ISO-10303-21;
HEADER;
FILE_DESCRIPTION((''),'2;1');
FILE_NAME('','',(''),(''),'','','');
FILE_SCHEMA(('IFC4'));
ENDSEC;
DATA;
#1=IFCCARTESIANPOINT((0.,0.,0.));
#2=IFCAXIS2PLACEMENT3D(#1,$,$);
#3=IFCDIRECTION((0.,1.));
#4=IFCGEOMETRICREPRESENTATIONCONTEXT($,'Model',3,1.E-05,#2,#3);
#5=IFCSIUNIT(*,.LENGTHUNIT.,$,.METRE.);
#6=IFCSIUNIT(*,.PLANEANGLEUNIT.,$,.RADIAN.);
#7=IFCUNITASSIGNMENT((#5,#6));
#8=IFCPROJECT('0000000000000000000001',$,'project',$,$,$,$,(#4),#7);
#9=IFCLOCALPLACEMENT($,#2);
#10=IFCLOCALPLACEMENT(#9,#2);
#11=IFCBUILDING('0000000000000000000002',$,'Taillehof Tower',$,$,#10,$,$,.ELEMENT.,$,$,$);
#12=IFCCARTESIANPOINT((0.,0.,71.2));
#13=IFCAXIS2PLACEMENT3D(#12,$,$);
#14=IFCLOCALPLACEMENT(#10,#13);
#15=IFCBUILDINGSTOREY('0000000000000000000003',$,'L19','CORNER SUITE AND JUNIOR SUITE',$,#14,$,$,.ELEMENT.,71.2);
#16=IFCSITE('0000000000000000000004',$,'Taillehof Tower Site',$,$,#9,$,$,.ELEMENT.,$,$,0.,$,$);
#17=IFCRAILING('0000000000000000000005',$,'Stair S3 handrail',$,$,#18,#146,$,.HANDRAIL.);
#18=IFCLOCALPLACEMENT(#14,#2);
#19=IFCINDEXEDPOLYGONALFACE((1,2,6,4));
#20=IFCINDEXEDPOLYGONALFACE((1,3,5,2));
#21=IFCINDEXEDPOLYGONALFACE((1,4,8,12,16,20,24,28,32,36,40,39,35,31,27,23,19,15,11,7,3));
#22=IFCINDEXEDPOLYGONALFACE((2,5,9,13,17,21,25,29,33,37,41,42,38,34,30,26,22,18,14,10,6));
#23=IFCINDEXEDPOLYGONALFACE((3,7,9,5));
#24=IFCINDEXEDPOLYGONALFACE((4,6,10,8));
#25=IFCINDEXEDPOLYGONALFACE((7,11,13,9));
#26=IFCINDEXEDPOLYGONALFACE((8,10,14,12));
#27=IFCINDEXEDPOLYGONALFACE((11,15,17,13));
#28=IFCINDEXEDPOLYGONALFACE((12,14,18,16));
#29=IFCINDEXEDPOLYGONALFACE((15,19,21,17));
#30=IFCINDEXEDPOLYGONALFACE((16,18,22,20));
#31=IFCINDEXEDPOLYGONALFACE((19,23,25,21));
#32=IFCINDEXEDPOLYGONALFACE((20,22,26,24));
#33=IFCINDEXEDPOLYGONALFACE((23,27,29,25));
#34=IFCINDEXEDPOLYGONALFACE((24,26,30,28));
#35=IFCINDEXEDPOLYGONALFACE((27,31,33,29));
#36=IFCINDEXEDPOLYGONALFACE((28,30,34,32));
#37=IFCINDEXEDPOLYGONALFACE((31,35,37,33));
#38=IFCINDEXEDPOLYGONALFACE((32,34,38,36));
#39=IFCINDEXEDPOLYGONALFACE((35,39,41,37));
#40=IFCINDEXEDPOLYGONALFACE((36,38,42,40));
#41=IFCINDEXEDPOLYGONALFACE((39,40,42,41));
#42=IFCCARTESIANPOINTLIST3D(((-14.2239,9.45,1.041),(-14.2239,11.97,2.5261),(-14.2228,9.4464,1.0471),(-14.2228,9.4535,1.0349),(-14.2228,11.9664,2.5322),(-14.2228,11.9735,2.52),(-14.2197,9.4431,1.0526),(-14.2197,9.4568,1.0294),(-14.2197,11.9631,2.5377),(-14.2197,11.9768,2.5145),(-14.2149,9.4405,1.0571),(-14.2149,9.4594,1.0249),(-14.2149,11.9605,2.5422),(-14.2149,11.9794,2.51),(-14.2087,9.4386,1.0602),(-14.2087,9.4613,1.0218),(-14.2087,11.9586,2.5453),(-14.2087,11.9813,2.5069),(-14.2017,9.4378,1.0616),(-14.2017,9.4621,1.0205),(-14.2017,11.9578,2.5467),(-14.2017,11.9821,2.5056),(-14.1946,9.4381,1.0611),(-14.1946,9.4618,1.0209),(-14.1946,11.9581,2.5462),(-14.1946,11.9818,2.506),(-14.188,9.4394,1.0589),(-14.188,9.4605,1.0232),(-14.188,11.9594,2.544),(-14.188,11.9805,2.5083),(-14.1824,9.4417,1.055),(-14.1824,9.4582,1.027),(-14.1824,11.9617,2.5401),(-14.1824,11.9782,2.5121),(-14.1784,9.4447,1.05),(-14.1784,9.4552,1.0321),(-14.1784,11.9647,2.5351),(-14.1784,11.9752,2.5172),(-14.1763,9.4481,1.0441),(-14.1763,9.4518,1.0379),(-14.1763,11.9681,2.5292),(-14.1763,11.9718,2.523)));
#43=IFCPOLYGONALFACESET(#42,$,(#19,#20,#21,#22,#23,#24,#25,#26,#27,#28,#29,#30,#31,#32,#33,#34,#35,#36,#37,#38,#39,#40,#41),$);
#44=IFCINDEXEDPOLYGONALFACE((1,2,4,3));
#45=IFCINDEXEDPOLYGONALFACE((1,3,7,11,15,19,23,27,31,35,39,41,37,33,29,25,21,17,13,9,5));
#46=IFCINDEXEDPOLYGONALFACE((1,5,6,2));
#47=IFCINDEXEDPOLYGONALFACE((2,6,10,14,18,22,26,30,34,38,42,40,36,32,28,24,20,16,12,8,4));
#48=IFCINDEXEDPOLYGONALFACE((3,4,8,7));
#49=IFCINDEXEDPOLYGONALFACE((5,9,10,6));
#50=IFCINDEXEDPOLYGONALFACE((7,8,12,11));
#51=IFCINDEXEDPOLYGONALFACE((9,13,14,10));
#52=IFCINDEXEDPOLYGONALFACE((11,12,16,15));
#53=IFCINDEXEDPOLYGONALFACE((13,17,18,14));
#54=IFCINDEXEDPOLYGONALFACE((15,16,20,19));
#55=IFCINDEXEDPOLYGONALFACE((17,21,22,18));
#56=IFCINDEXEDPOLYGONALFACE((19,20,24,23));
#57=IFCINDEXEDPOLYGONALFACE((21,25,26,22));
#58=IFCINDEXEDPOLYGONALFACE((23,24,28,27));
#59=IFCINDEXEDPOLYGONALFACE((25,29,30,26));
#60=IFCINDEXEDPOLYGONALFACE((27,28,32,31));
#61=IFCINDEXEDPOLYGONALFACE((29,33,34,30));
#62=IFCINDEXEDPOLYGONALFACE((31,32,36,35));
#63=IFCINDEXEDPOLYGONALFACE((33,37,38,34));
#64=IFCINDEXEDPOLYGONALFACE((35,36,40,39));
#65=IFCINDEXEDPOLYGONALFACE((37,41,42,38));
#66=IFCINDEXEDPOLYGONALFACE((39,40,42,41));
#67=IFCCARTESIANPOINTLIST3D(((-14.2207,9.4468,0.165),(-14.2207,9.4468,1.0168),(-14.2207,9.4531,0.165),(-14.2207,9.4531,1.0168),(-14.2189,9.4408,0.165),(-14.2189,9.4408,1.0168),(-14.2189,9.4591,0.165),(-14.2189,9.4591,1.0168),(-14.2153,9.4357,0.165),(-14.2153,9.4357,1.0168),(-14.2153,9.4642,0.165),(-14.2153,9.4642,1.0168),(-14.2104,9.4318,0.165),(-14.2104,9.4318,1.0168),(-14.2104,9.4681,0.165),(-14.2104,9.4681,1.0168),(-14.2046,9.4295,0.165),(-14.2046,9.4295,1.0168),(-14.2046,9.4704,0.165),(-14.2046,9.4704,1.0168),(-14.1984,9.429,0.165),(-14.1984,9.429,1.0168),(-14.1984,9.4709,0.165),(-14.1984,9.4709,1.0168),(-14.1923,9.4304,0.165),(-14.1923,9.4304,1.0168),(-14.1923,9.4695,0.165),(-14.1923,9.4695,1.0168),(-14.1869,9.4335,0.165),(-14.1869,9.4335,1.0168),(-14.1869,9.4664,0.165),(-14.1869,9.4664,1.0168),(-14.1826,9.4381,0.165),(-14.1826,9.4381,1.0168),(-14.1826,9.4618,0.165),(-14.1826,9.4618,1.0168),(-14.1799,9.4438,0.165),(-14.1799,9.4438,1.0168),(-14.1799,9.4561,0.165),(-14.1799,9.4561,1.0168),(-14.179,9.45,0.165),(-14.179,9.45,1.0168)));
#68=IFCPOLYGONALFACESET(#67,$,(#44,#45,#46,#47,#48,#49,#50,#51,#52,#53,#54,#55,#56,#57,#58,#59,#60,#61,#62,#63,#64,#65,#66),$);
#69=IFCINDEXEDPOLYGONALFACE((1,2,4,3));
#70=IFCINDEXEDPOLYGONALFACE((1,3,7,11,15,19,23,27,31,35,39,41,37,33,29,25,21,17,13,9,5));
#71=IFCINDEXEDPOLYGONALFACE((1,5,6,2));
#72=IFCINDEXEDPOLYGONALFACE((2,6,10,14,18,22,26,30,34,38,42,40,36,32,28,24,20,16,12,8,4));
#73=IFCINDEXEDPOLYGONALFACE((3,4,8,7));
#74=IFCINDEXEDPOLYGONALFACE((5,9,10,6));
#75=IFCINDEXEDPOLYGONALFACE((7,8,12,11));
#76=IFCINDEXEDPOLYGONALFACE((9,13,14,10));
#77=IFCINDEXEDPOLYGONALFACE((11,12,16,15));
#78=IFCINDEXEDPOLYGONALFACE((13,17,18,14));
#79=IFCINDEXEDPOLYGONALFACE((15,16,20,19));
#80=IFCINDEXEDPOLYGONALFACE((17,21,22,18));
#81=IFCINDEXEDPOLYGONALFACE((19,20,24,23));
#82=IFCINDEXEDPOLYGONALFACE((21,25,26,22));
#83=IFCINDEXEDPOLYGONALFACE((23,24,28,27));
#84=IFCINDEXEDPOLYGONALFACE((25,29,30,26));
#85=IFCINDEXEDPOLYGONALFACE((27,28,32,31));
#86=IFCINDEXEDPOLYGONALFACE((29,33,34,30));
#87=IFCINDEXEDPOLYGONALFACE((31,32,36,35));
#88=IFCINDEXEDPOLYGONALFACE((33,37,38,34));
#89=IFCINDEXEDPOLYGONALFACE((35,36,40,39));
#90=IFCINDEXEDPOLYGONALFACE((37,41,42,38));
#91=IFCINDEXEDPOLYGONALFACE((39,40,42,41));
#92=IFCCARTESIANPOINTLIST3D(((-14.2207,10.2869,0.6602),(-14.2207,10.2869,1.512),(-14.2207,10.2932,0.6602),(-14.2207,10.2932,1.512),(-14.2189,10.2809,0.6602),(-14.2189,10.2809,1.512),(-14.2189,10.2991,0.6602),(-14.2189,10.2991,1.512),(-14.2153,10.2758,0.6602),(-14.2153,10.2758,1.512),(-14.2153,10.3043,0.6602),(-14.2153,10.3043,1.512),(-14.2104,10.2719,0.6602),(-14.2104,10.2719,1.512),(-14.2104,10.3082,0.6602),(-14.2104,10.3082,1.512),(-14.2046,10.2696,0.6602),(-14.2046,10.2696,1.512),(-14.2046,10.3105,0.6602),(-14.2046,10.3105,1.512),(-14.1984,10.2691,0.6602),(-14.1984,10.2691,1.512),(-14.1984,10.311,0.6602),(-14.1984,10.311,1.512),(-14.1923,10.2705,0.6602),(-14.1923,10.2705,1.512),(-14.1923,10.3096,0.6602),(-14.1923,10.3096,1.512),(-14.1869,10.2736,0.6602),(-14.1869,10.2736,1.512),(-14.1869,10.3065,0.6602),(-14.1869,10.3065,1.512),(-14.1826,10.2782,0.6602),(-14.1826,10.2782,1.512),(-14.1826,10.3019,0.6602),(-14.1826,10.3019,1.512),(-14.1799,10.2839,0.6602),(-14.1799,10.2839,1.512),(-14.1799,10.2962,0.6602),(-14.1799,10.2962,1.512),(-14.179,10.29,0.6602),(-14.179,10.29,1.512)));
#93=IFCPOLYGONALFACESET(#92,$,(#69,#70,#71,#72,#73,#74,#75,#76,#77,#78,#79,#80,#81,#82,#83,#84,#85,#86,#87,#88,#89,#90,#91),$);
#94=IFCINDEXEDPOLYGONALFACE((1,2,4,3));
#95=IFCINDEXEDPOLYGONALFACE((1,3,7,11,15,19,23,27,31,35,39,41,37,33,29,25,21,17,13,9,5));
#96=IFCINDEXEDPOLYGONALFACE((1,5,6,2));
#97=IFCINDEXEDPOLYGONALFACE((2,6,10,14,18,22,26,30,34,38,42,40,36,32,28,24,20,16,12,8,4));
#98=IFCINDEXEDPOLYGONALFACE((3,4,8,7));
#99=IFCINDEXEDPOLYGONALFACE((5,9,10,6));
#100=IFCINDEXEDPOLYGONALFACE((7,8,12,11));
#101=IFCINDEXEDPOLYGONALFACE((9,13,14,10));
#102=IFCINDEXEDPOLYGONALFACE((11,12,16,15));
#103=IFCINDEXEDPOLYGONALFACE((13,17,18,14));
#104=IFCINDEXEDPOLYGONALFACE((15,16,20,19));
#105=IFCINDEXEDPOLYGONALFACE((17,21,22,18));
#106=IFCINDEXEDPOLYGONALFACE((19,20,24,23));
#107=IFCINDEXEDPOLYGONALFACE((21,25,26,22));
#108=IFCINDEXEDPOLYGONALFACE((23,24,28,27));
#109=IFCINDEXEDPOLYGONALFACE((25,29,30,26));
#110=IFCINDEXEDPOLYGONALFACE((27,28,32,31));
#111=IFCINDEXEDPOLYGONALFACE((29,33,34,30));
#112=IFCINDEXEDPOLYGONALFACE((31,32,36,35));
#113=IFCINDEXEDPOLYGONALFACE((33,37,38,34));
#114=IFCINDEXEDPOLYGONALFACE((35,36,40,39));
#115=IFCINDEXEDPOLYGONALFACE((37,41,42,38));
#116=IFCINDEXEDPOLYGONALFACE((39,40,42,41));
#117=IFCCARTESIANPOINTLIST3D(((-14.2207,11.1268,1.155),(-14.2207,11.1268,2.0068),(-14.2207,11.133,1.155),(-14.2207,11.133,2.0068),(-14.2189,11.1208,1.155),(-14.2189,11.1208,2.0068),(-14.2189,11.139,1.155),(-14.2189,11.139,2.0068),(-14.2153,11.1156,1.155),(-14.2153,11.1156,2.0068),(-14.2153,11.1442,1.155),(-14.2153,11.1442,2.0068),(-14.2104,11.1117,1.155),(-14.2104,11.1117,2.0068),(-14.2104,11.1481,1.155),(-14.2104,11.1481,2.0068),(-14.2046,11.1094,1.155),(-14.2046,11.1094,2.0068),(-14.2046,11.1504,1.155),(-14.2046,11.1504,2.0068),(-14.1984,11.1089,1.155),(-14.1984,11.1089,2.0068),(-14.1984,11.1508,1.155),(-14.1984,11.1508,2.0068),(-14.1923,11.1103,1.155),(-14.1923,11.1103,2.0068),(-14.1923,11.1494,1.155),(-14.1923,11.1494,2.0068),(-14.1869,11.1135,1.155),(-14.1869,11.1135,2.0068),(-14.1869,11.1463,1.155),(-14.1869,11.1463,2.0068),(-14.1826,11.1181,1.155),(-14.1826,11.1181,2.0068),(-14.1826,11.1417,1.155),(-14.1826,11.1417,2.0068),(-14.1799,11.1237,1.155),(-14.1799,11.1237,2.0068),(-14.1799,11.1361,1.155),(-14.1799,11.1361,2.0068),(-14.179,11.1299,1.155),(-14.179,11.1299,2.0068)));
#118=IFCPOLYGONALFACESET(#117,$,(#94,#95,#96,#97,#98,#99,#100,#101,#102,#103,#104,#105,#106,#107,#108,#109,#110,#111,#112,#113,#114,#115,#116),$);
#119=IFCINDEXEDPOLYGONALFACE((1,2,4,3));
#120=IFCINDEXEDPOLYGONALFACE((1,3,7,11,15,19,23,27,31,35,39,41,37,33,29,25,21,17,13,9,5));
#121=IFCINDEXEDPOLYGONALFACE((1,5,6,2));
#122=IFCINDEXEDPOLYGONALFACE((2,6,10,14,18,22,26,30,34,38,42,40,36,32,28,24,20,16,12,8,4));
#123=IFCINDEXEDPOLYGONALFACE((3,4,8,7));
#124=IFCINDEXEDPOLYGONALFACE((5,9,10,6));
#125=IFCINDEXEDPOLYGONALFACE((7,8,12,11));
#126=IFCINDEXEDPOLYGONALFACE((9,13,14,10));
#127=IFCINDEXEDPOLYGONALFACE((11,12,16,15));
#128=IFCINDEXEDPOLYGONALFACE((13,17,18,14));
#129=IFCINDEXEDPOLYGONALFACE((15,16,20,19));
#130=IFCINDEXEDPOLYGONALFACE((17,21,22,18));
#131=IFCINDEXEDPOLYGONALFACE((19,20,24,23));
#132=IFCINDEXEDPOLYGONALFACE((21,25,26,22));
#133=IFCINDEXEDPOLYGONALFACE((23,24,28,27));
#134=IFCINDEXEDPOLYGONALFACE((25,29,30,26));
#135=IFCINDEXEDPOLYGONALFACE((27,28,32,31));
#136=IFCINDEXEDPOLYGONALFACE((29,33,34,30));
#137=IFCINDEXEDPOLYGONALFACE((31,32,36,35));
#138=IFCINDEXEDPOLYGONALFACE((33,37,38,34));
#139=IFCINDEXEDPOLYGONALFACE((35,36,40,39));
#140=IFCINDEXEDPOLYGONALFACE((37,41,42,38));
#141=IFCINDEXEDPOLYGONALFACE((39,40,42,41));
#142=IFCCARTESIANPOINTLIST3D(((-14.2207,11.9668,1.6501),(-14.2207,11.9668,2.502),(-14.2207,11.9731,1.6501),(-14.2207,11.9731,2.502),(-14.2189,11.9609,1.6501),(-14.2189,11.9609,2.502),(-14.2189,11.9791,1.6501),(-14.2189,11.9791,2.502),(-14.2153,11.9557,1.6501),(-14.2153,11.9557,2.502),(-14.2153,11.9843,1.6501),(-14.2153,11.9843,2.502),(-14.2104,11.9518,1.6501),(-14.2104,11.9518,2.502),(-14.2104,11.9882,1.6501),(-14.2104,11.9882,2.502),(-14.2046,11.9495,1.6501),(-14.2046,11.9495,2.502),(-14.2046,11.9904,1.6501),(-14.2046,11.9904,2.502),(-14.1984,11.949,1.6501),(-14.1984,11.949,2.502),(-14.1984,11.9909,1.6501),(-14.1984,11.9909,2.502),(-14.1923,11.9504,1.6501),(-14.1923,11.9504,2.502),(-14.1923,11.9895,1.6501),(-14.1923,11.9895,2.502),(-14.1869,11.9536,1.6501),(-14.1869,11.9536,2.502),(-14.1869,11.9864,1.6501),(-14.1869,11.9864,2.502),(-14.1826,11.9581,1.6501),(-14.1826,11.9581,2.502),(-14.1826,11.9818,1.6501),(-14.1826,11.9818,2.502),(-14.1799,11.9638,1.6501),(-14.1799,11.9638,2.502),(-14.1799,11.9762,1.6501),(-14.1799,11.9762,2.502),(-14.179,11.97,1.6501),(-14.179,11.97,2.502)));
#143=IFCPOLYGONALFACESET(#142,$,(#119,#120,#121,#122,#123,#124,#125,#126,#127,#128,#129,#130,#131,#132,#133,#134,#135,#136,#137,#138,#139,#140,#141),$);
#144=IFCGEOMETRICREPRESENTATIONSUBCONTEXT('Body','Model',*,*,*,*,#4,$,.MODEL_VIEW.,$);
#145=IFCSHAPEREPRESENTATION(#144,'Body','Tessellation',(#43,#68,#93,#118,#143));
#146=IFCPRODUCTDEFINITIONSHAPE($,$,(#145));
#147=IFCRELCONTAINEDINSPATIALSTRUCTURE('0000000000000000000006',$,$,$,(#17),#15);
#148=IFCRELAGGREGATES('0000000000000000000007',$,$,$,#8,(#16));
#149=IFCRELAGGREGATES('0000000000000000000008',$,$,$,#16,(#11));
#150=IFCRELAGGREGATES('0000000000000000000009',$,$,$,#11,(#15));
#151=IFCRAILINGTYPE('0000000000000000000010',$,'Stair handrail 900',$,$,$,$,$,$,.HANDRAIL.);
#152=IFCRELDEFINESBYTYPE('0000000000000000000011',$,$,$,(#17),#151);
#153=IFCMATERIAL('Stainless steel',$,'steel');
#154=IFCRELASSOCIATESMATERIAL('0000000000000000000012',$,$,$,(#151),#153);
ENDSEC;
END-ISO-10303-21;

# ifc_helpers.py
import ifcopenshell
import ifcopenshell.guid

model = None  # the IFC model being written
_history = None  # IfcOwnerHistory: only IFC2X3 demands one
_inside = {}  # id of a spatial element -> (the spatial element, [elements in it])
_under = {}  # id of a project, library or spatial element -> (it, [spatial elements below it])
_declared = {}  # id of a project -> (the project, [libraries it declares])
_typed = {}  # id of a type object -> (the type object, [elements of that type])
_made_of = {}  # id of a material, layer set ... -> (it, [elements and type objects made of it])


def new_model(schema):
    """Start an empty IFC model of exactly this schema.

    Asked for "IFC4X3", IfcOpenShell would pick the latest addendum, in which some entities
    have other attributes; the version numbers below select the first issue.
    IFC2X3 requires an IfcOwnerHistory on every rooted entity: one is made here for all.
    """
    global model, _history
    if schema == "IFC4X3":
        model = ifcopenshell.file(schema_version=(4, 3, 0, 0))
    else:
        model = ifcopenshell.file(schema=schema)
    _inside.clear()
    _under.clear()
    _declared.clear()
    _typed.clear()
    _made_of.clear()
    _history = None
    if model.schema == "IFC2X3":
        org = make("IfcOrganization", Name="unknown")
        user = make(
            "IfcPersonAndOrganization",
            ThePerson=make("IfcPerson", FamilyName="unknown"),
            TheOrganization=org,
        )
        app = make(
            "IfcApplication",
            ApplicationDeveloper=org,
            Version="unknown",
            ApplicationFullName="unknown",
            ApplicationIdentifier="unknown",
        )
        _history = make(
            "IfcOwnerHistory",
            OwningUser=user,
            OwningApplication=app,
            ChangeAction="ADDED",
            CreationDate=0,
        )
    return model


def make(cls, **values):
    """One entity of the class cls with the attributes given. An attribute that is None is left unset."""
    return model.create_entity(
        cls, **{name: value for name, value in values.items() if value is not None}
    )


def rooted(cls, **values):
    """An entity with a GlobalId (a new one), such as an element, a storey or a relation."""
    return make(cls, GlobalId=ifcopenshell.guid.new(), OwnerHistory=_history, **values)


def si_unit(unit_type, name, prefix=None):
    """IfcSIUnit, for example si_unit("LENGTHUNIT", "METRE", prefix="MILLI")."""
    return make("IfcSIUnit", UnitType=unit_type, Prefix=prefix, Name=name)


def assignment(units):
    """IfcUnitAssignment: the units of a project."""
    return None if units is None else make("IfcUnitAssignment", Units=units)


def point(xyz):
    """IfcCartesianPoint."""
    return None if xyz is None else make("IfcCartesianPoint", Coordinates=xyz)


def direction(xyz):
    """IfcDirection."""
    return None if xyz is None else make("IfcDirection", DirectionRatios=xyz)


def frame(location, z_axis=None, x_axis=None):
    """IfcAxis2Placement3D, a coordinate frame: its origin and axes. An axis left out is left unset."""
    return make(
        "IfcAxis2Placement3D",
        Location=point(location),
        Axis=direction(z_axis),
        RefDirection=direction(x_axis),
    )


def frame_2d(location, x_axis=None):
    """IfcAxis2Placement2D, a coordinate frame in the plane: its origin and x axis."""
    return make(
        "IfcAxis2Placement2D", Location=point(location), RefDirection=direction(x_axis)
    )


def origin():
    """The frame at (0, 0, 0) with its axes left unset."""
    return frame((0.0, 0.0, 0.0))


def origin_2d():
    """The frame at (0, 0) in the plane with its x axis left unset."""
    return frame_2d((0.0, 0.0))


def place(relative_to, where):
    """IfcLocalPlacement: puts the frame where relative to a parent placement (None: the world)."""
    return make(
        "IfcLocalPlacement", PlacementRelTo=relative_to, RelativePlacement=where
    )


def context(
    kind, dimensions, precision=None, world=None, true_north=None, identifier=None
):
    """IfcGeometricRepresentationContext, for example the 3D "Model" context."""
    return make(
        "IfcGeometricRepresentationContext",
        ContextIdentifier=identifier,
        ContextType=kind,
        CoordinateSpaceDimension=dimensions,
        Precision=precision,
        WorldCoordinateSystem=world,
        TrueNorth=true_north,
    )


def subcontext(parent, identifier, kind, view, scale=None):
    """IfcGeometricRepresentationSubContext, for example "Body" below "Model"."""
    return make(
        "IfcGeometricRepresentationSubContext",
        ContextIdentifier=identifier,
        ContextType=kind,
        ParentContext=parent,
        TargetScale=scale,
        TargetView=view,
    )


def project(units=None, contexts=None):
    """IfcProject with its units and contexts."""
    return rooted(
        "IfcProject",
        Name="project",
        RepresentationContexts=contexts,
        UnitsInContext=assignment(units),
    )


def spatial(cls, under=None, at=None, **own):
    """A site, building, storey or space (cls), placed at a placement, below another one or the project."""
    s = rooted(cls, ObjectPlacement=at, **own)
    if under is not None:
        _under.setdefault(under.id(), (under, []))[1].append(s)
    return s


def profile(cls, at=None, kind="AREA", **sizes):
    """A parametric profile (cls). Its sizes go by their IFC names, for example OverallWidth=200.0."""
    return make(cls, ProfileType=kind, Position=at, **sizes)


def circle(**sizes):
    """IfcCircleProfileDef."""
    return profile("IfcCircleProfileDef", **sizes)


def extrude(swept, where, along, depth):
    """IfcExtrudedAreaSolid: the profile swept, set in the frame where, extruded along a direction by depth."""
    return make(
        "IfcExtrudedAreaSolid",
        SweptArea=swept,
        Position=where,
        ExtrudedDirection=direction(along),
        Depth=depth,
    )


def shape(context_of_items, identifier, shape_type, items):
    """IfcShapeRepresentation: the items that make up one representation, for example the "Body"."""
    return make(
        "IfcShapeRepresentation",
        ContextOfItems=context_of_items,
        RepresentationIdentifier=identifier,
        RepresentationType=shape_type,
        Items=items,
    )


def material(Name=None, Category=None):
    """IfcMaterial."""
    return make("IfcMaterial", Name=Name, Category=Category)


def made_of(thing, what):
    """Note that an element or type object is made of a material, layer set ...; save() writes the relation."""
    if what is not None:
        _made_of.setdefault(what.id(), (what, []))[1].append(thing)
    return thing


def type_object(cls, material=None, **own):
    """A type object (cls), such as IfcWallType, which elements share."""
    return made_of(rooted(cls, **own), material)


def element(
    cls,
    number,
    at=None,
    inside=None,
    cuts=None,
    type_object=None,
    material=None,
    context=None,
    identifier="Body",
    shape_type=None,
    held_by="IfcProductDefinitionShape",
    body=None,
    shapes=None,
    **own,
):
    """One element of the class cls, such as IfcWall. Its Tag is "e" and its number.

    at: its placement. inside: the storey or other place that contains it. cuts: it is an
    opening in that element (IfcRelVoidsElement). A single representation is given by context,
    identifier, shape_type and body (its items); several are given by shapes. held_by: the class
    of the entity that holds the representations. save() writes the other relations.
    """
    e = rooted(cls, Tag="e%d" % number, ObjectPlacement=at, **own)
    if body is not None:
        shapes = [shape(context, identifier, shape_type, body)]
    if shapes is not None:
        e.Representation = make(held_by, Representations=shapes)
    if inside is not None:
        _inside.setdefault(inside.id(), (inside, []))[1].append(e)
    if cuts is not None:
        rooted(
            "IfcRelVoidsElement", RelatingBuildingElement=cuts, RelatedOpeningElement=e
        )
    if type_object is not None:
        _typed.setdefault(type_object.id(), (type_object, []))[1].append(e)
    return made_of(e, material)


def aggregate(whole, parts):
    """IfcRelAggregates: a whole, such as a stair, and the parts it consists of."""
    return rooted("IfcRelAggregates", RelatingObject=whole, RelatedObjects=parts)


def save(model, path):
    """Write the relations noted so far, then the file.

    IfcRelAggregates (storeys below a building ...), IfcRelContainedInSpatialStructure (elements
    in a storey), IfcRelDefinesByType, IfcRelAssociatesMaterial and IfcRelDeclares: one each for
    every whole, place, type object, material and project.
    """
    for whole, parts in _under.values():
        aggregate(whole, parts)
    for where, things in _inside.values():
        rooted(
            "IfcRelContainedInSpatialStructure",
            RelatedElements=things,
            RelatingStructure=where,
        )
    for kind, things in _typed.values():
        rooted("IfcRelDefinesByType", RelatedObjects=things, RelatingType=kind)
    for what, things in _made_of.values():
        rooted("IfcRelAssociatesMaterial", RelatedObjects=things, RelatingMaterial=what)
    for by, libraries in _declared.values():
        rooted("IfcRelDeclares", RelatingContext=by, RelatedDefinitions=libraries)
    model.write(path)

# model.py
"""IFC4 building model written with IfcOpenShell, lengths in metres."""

from ifc_helpers import new_model, si_unit, direction, frame, origin, origin_2d, place, context, subcontext, project, spatial, circle, extrude, material, type_object, element, save


model = new_model("IFC4")

# Units and contexts
model_context = context("Model", 3, precision=1e-05, world=origin(), true_north=direction((0.0, 1.0)))
body_context = subcontext(model_context, "Body", "Model", "MODEL_VIEW")
ifc_project = project(units=[si_unit("LENGTHUNIT", "METRE"), si_unit("PLANEANGLEUNIT", "RADIAN")], contexts=[model_context])

# Site, building, storey
site_placement = place(None, origin())
site = spatial("IfcSite", under=ifc_project, at=site_placement, Name="Taillehof Tower Site", CompositionType="ELEMENT", RefElevation=0.0)
building_placement = place(site_placement, origin())
building = spatial("IfcBuilding", under=site, at=building_placement, Name="Taillehof Tower", CompositionType="ELEMENT")
storey_placement = place(building_placement, frame((0.0, 0.0, 71.2)))
storey = spatial("IfcBuildingStorey", under=building, at=storey_placement, Name="L19", Description="CORNER SUITE AND JUNIOR SUITE", CompositionType="ELEMENT", Elevation=71.2)

# Railing
ifc_material_1 = material(Name="Stainless steel", Category="steel")
railing_type = type_object("IfcRailingType", Name="Stair handrail 900", PredefinedType="HANDRAIL", material=ifc_material_1)
railing_1_placement = place(storey_placement, frame((-14.2, 9.45, 0.165)))
element("IfcRailing", 1, at=railing_1_placement, inside=storey, type_object=railing_type, Name="Stair S3 handrail", PredefinedType="HANDRAIL", context=body_context, shape_type="SweptSolid", body=[
    extrude(circle(Radius=0.0239, at=origin_2d()), frame((0.0, 0.0, 0.876), z_axis=(0.0, 0.861524, 0.507717), x_axis=(-1.0, 0.0, 0.0)), (0.0, 0.0, 1.0), 2.925),
    extrude(circle(Radius=0.021, at=origin_2d()), origin(), (0.0, 0.0, 1.0), 0.8518),
    extrude(circle(Radius=0.021, at=origin_2d()), frame((0.0, 0.8401, 0.4951)), (0.0, 0.0, 1.0), 0.8518),
    extrude(circle(Radius=0.021, at=origin_2d()), frame((0.0, 1.6799, 0.99)), (0.0, 0.0, 1.0), 0.8518),
    extrude(circle(Radius=0.021, at=origin_2d()), frame((0.0, 2.52, 1.4851)), (0.0, 0.0, 1.0), 0.8518),
])

save(model, "model.ifc")
